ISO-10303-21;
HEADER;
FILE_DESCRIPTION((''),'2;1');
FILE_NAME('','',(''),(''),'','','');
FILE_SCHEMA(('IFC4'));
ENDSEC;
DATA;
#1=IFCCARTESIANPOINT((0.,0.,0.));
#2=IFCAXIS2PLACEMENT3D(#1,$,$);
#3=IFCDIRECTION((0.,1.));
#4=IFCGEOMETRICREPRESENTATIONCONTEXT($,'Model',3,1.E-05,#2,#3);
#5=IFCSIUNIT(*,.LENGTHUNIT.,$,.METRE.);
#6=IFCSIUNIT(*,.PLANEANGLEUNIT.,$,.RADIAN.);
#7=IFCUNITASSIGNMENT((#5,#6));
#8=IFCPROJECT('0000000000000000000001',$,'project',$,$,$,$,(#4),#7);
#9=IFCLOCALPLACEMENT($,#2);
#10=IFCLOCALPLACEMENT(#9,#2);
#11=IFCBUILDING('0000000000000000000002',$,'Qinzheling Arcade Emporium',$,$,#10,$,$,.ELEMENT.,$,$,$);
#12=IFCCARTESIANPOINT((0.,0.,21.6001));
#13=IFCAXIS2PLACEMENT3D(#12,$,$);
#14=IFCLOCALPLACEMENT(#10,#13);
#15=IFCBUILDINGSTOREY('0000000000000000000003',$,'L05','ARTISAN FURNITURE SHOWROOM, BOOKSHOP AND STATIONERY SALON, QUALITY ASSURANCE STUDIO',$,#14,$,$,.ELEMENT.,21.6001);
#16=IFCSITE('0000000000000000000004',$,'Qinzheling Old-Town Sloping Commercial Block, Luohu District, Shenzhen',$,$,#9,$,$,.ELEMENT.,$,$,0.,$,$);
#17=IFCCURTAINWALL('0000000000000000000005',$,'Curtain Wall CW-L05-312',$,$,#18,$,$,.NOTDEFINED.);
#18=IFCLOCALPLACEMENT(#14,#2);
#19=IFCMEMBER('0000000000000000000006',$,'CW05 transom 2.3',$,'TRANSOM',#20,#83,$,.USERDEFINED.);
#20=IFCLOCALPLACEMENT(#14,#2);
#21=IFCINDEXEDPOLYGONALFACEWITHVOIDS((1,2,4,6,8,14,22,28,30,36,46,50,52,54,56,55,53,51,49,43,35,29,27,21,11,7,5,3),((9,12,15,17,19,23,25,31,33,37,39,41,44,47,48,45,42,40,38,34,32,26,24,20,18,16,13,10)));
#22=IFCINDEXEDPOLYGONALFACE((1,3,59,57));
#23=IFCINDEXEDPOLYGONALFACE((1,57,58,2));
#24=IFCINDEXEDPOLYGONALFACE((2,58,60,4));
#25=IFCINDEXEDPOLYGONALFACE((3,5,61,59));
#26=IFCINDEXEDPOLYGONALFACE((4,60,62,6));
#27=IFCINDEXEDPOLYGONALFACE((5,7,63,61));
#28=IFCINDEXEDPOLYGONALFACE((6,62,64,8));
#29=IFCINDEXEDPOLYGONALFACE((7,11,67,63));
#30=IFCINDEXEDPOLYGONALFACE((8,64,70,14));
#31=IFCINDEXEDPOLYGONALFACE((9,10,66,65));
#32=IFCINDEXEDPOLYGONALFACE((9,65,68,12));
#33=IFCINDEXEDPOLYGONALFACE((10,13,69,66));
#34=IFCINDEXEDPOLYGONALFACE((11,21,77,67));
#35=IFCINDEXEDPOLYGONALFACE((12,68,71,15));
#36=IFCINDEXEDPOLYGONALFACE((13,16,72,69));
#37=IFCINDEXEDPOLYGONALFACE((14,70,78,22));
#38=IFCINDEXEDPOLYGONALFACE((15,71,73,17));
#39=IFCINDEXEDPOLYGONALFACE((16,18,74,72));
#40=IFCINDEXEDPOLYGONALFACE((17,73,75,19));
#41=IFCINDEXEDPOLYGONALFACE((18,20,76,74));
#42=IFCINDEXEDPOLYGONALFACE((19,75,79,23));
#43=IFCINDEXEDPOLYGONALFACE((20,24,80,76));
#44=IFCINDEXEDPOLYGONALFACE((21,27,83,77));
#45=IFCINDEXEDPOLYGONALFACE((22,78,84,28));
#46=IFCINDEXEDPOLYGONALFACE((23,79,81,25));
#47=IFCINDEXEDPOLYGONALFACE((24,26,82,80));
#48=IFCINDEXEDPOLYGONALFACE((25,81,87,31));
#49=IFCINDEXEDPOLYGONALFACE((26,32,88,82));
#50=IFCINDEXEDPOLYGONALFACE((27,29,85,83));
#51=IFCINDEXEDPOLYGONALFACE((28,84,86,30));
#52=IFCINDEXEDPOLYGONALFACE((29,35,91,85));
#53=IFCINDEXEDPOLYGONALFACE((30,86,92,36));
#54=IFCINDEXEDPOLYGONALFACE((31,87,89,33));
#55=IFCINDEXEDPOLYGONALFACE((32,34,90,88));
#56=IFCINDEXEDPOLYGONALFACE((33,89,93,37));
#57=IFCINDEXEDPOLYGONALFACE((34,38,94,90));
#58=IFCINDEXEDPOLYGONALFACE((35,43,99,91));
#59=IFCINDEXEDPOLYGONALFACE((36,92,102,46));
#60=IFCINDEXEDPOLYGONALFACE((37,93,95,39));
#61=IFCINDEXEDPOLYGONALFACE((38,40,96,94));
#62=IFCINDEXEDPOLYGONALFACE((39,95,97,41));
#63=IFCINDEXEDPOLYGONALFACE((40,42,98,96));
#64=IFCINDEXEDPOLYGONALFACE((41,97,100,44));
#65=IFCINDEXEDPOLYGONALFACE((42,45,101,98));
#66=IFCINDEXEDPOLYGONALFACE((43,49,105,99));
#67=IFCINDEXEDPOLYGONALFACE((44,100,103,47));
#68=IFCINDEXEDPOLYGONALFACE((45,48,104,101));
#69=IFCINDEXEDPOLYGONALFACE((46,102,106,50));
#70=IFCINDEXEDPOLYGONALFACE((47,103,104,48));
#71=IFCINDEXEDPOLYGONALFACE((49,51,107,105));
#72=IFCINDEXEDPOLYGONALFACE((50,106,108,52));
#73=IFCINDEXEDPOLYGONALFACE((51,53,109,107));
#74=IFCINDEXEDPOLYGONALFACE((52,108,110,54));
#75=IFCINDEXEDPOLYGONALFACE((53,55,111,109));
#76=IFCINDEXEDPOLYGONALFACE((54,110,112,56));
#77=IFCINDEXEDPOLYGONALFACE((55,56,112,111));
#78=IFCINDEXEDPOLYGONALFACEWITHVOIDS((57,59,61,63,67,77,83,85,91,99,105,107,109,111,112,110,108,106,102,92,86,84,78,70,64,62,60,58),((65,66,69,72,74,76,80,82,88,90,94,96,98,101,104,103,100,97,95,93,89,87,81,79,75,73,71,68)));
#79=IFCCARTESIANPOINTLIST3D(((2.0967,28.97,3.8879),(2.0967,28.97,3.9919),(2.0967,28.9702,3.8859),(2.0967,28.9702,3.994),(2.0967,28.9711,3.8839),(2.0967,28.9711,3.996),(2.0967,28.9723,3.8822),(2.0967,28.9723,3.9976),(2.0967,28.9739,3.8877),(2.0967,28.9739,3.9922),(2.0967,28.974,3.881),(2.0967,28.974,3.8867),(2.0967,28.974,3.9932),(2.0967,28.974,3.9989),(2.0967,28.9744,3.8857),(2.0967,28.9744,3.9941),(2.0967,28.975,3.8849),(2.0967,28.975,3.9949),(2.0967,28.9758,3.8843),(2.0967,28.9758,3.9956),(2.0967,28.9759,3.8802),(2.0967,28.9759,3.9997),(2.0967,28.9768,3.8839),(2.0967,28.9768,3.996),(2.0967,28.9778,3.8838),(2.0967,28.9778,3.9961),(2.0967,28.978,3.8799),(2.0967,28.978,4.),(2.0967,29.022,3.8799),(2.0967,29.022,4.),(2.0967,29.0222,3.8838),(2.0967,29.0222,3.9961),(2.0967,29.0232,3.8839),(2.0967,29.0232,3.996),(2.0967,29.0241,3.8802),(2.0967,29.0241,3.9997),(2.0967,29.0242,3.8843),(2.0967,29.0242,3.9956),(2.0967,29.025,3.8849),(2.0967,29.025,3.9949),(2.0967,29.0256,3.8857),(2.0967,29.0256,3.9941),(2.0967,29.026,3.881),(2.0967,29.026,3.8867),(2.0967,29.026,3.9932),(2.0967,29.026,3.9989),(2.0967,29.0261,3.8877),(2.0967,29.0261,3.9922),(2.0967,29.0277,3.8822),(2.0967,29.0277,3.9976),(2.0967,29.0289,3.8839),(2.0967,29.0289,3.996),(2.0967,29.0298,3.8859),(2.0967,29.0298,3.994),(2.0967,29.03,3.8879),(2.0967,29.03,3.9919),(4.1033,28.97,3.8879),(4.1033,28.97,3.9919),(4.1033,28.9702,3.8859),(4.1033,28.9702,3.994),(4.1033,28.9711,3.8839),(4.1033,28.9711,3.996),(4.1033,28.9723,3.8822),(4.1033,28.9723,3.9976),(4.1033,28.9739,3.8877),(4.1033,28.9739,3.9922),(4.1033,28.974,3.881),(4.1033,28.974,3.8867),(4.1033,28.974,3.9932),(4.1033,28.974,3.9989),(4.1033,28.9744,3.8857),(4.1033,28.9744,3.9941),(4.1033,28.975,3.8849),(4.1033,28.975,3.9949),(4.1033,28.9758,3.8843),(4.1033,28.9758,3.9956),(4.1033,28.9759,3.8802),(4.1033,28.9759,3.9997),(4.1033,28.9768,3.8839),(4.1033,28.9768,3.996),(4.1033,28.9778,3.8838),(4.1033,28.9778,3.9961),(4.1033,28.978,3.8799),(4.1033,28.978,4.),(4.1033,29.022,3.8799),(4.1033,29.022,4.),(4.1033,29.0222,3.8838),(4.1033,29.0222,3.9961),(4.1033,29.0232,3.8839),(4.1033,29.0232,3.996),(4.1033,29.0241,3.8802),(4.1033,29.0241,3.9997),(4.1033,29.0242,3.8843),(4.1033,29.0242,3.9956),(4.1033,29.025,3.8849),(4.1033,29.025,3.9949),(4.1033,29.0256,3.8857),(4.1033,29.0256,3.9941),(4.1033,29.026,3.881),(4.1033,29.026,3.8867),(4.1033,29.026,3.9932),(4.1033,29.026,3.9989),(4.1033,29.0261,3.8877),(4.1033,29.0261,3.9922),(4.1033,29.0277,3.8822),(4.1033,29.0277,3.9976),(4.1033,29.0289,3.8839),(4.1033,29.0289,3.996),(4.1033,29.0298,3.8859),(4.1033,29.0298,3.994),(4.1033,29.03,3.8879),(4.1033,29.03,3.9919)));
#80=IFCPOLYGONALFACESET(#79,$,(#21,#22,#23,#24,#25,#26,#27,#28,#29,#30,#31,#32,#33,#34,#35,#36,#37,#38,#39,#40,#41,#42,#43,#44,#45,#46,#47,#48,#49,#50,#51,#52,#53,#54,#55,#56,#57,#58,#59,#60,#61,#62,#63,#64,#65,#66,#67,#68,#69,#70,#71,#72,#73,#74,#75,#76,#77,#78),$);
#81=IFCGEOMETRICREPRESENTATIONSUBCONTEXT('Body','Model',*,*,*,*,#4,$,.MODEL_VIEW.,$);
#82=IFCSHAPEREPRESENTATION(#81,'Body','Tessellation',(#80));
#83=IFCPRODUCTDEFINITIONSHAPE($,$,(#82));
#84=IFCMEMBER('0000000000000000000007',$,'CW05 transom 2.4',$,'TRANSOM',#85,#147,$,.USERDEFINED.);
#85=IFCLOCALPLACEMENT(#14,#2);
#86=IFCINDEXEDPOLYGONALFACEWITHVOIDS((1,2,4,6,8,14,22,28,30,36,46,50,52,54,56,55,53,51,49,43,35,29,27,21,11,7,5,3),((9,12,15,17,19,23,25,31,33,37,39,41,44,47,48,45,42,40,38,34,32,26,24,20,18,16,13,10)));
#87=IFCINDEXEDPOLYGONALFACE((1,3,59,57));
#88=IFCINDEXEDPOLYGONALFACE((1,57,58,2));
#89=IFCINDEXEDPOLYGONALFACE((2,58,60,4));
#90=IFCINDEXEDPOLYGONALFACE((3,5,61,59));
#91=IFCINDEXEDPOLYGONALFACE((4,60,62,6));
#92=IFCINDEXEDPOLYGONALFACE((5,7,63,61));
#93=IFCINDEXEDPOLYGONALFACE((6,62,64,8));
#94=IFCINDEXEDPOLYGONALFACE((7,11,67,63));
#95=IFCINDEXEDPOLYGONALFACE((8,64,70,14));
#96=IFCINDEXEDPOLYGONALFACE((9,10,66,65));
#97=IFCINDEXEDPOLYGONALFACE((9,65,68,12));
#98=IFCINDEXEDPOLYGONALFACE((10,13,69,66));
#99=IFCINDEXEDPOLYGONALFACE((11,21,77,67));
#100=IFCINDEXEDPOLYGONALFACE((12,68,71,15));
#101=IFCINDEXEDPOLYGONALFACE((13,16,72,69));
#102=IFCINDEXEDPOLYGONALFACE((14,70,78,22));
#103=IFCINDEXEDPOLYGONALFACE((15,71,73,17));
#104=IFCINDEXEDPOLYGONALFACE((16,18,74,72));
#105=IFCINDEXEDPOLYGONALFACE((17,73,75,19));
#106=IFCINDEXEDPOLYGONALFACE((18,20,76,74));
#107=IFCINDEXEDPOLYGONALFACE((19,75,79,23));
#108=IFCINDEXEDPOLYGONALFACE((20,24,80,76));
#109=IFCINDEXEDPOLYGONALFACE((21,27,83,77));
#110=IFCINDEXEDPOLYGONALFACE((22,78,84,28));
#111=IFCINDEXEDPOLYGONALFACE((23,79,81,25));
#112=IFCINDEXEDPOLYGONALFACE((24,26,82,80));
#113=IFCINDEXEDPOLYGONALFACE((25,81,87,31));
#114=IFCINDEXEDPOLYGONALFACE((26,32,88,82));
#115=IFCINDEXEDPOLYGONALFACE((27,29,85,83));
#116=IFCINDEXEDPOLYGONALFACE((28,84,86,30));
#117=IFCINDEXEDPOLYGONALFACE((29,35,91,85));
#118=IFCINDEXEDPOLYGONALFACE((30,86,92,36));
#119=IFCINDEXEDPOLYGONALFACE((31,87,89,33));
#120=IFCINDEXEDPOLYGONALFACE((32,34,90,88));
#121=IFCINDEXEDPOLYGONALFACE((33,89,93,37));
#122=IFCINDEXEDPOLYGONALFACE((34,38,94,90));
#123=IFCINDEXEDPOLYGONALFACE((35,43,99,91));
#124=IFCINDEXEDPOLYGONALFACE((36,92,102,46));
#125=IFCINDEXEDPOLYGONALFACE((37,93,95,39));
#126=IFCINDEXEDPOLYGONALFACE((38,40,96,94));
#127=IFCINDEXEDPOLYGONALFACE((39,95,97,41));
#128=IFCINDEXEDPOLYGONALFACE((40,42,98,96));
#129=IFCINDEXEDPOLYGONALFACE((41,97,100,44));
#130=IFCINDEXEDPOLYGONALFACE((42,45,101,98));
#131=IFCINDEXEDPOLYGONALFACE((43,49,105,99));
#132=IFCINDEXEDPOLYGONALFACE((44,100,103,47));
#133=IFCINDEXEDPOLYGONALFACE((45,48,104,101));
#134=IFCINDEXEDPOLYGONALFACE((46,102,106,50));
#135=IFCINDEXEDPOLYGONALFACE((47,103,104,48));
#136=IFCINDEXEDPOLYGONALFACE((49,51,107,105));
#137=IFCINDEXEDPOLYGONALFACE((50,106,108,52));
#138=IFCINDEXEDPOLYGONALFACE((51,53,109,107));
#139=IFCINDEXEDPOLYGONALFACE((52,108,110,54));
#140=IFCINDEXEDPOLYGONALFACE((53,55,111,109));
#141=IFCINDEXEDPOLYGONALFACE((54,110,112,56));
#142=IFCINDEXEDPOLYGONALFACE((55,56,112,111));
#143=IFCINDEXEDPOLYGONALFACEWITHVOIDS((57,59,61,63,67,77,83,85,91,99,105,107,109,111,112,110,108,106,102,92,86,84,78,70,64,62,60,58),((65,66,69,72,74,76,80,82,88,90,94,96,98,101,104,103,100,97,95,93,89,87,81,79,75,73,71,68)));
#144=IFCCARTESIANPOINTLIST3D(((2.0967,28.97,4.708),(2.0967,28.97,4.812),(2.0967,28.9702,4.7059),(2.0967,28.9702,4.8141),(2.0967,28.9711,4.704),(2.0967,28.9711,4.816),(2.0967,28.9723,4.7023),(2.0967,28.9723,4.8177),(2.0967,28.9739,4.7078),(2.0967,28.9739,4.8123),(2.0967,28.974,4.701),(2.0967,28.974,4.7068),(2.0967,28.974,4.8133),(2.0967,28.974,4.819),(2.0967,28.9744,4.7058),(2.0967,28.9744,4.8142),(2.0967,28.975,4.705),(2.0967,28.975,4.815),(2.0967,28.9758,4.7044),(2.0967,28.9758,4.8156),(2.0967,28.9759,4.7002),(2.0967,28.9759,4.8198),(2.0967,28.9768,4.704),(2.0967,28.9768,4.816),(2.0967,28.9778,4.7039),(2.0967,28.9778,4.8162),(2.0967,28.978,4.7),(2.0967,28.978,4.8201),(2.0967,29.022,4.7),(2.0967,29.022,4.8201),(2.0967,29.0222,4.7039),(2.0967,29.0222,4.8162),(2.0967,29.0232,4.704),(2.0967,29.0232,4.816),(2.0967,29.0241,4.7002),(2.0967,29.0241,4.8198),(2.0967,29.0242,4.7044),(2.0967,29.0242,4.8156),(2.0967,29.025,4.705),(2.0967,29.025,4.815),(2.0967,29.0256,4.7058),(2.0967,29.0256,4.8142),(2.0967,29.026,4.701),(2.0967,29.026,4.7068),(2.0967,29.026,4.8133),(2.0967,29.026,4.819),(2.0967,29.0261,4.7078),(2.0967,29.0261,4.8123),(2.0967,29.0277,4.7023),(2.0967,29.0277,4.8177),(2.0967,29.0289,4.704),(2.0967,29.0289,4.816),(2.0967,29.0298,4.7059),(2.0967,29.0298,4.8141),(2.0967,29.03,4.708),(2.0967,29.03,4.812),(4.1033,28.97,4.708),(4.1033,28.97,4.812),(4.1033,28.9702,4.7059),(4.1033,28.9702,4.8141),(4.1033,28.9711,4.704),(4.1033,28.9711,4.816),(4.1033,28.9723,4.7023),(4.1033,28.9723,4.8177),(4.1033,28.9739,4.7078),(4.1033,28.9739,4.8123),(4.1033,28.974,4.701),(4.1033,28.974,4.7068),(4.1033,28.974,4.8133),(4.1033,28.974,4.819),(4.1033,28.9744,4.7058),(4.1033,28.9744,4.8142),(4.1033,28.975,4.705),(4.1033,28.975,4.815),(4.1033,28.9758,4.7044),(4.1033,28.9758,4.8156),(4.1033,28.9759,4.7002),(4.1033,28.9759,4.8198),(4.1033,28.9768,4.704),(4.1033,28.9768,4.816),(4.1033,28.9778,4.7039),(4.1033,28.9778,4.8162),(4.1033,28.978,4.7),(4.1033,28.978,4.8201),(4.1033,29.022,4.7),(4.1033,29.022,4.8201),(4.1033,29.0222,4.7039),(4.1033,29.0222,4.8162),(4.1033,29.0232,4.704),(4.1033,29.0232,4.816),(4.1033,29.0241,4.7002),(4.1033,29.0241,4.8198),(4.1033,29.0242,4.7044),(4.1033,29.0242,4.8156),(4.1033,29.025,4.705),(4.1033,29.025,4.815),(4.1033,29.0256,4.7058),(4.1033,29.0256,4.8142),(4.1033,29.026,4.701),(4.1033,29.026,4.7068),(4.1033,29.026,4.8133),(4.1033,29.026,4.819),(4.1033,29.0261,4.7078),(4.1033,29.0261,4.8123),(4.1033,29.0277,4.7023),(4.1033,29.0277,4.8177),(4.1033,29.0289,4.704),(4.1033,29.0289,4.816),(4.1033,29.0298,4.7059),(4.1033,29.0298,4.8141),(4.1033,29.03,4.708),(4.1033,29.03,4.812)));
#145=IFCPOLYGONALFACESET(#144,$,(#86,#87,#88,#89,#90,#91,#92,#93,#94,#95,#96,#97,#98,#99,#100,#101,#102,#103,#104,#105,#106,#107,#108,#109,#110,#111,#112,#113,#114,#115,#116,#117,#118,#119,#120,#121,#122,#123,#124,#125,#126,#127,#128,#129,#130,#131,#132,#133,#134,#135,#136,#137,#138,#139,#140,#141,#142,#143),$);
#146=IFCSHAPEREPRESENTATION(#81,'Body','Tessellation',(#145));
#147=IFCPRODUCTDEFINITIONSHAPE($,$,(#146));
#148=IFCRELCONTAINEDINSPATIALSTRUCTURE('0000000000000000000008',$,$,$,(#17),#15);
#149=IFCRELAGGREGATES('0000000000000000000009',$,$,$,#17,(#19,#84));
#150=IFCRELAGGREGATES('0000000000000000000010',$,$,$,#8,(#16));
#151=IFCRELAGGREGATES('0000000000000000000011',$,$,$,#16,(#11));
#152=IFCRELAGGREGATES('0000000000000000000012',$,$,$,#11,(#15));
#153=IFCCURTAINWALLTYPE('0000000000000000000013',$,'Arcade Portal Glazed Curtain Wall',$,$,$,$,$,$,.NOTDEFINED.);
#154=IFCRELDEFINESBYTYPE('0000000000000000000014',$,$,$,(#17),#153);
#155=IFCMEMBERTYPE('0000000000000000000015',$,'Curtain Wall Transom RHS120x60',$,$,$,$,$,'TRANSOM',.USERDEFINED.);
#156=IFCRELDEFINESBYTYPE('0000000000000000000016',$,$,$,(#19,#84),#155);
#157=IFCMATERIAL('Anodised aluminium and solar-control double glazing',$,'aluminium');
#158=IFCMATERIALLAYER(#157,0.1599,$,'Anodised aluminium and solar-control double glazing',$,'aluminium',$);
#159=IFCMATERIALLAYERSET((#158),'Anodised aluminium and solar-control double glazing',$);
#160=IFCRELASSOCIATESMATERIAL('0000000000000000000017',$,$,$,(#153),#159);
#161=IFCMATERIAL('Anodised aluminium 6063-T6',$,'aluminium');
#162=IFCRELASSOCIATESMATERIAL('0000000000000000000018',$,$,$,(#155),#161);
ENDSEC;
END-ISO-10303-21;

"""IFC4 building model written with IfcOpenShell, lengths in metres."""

from ifc_helpers import new_model, si_unit, direction, frame, origin, origin_2d, place, context, subcontext, project, spatial, hollow_rectangle, extrude, material, layer, layer_set, material_profile, profile_set, type_object, element, aggregate, save


model = new_model("IFC4")

# Units and contexts
model_context = context("Model", 3, precision=1e-05, world=origin(), true_north=direction((0.0, 1.0)))
body_context = subcontext(model_context, "Body", "Model", "MODEL_VIEW")
ifc_project = project(units=[si_unit("LENGTHUNIT", "METRE"), si_unit("PLANEANGLEUNIT", "RADIAN")], contexts=[model_context])

# Site, building, storey
site_placement = place(None, origin())
site = spatial("IfcSite", under=ifc_project, at=site_placement, Name="Qinzheling Old-Town Sloping Commercial Block, Luohu District, Shenzhen", CompositionType="ELEMENT", RefElevation=0.0)
building_placement = place(site_placement, origin())
building = spatial("IfcBuilding", under=site, at=building_placement, Name="Qinzheling Arcade Emporium", CompositionType="ELEMENT")
storey_placement = place(building_placement, frame((0.0, 0.0, 21.6001)))
storey = spatial("IfcBuildingStorey", under=building, at=storey_placement, Name="L05", Description="ARTISAN FURNITURE SHOWROOM, BOOKSHOP AND STATIONERY SALON, QUALITY ASSURANCE STUDIO", CompositionType="ELEMENT", Elevation=21.6001)

# Shared definitions
ifc_material_1 = material(Name="Anodised aluminium and solar-control double glazing", Category="aluminium")
ifc_material_2 = material(Name="Anodised aluminium 6063-T6", Category="aluminium")

# Curtain wall
ifc_layer_1 = layer(ifc_material_1, 0.1599, Name="Anodised aluminium and solar-control double glazing", Category="aluminium")
ifc_layer_set_1 = layer_set([ifc_layer_1], Name="Anodised aluminium and solar-control double glazing")
curtain_wall_type_1 = type_object("IfcCurtainWallType", Name="Arcade Portal Glazed Curtain Wall", PredefinedType="NOTDEFINED", material=ifc_layer_set_1)
curtain_wall_1_placement = place(storey_placement, origin())
curtain_wall_1 = element("IfcCurtainWall", 1, at=curtain_wall_1_placement, inside=storey, type_object=curtain_wall_type_1, Name="Curtain Wall CW-L05-312", PredefinedType="NOTDEFINED")

# Members
ifc_material_profile_1 = material_profile(ifc_material_2, hollow_rectangle(XDim=0.0601, YDim=0.1201, WallThickness=0.0039, InnerFilletRadius=0.0039, OuterFilletRadius=0.0081, at=origin_2d()), Name="RHS 120x60x4", Category="aluminium")
ifc_profile_set_1 = profile_set([ifc_material_profile_1], Name="Anodised aluminium 6063-T6")
member_type_1 = type_object("IfcMemberType", Name="Curtain Wall Transom RHS120x60", ElementType="TRANSOM", PredefinedType="USERDEFINED", material=ifc_profile_set_1)
member_1_placement = place(storey_placement, frame((4.1033, 29.0, 3.9399), z_axis=(-1.0, 0.0, 0.0), x_axis=(0.0, -1.0, 0.0)))
member_1 = element("IfcMember", 2, at=member_1_placement, type_object=member_type_1, Name="CW05 transom 2.3", ObjectType="TRANSOM", PredefinedType="USERDEFINED", context=body_context, shape_type="SweptSolid", body=[
    extrude(hollow_rectangle(XDim=0.0601, YDim=0.1201, WallThickness=0.0039, InnerFilletRadius=0.0039, OuterFilletRadius=0.0081, at=origin_2d()), origin(), (0.0, 0.0, 1.0), 2.0066),
])
member_2_placement = place(storey_placement, frame((4.1033, 29.0, 4.76), z_axis=(-1.0, 0.0, 0.0), x_axis=(0.0, -1.0, 0.0)))
member_2 = element("IfcMember", 3, at=member_2_placement, type_object=member_type_1, Name="CW05 transom 2.4", ObjectType="TRANSOM", PredefinedType="USERDEFINED", context=body_context, shape_type="SweptSolid", body=[
    extrude(hollow_rectangle(XDim=0.0601, YDim=0.1201, WallThickness=0.0039, InnerFilletRadius=0.0039, OuterFilletRadius=0.0081, at=origin_2d()), origin(), (0.0, 0.0, 1.0), 2.0066),
])

aggregate(curtain_wall_1, [member_1, member_2])

save(model, "model.ifc")
